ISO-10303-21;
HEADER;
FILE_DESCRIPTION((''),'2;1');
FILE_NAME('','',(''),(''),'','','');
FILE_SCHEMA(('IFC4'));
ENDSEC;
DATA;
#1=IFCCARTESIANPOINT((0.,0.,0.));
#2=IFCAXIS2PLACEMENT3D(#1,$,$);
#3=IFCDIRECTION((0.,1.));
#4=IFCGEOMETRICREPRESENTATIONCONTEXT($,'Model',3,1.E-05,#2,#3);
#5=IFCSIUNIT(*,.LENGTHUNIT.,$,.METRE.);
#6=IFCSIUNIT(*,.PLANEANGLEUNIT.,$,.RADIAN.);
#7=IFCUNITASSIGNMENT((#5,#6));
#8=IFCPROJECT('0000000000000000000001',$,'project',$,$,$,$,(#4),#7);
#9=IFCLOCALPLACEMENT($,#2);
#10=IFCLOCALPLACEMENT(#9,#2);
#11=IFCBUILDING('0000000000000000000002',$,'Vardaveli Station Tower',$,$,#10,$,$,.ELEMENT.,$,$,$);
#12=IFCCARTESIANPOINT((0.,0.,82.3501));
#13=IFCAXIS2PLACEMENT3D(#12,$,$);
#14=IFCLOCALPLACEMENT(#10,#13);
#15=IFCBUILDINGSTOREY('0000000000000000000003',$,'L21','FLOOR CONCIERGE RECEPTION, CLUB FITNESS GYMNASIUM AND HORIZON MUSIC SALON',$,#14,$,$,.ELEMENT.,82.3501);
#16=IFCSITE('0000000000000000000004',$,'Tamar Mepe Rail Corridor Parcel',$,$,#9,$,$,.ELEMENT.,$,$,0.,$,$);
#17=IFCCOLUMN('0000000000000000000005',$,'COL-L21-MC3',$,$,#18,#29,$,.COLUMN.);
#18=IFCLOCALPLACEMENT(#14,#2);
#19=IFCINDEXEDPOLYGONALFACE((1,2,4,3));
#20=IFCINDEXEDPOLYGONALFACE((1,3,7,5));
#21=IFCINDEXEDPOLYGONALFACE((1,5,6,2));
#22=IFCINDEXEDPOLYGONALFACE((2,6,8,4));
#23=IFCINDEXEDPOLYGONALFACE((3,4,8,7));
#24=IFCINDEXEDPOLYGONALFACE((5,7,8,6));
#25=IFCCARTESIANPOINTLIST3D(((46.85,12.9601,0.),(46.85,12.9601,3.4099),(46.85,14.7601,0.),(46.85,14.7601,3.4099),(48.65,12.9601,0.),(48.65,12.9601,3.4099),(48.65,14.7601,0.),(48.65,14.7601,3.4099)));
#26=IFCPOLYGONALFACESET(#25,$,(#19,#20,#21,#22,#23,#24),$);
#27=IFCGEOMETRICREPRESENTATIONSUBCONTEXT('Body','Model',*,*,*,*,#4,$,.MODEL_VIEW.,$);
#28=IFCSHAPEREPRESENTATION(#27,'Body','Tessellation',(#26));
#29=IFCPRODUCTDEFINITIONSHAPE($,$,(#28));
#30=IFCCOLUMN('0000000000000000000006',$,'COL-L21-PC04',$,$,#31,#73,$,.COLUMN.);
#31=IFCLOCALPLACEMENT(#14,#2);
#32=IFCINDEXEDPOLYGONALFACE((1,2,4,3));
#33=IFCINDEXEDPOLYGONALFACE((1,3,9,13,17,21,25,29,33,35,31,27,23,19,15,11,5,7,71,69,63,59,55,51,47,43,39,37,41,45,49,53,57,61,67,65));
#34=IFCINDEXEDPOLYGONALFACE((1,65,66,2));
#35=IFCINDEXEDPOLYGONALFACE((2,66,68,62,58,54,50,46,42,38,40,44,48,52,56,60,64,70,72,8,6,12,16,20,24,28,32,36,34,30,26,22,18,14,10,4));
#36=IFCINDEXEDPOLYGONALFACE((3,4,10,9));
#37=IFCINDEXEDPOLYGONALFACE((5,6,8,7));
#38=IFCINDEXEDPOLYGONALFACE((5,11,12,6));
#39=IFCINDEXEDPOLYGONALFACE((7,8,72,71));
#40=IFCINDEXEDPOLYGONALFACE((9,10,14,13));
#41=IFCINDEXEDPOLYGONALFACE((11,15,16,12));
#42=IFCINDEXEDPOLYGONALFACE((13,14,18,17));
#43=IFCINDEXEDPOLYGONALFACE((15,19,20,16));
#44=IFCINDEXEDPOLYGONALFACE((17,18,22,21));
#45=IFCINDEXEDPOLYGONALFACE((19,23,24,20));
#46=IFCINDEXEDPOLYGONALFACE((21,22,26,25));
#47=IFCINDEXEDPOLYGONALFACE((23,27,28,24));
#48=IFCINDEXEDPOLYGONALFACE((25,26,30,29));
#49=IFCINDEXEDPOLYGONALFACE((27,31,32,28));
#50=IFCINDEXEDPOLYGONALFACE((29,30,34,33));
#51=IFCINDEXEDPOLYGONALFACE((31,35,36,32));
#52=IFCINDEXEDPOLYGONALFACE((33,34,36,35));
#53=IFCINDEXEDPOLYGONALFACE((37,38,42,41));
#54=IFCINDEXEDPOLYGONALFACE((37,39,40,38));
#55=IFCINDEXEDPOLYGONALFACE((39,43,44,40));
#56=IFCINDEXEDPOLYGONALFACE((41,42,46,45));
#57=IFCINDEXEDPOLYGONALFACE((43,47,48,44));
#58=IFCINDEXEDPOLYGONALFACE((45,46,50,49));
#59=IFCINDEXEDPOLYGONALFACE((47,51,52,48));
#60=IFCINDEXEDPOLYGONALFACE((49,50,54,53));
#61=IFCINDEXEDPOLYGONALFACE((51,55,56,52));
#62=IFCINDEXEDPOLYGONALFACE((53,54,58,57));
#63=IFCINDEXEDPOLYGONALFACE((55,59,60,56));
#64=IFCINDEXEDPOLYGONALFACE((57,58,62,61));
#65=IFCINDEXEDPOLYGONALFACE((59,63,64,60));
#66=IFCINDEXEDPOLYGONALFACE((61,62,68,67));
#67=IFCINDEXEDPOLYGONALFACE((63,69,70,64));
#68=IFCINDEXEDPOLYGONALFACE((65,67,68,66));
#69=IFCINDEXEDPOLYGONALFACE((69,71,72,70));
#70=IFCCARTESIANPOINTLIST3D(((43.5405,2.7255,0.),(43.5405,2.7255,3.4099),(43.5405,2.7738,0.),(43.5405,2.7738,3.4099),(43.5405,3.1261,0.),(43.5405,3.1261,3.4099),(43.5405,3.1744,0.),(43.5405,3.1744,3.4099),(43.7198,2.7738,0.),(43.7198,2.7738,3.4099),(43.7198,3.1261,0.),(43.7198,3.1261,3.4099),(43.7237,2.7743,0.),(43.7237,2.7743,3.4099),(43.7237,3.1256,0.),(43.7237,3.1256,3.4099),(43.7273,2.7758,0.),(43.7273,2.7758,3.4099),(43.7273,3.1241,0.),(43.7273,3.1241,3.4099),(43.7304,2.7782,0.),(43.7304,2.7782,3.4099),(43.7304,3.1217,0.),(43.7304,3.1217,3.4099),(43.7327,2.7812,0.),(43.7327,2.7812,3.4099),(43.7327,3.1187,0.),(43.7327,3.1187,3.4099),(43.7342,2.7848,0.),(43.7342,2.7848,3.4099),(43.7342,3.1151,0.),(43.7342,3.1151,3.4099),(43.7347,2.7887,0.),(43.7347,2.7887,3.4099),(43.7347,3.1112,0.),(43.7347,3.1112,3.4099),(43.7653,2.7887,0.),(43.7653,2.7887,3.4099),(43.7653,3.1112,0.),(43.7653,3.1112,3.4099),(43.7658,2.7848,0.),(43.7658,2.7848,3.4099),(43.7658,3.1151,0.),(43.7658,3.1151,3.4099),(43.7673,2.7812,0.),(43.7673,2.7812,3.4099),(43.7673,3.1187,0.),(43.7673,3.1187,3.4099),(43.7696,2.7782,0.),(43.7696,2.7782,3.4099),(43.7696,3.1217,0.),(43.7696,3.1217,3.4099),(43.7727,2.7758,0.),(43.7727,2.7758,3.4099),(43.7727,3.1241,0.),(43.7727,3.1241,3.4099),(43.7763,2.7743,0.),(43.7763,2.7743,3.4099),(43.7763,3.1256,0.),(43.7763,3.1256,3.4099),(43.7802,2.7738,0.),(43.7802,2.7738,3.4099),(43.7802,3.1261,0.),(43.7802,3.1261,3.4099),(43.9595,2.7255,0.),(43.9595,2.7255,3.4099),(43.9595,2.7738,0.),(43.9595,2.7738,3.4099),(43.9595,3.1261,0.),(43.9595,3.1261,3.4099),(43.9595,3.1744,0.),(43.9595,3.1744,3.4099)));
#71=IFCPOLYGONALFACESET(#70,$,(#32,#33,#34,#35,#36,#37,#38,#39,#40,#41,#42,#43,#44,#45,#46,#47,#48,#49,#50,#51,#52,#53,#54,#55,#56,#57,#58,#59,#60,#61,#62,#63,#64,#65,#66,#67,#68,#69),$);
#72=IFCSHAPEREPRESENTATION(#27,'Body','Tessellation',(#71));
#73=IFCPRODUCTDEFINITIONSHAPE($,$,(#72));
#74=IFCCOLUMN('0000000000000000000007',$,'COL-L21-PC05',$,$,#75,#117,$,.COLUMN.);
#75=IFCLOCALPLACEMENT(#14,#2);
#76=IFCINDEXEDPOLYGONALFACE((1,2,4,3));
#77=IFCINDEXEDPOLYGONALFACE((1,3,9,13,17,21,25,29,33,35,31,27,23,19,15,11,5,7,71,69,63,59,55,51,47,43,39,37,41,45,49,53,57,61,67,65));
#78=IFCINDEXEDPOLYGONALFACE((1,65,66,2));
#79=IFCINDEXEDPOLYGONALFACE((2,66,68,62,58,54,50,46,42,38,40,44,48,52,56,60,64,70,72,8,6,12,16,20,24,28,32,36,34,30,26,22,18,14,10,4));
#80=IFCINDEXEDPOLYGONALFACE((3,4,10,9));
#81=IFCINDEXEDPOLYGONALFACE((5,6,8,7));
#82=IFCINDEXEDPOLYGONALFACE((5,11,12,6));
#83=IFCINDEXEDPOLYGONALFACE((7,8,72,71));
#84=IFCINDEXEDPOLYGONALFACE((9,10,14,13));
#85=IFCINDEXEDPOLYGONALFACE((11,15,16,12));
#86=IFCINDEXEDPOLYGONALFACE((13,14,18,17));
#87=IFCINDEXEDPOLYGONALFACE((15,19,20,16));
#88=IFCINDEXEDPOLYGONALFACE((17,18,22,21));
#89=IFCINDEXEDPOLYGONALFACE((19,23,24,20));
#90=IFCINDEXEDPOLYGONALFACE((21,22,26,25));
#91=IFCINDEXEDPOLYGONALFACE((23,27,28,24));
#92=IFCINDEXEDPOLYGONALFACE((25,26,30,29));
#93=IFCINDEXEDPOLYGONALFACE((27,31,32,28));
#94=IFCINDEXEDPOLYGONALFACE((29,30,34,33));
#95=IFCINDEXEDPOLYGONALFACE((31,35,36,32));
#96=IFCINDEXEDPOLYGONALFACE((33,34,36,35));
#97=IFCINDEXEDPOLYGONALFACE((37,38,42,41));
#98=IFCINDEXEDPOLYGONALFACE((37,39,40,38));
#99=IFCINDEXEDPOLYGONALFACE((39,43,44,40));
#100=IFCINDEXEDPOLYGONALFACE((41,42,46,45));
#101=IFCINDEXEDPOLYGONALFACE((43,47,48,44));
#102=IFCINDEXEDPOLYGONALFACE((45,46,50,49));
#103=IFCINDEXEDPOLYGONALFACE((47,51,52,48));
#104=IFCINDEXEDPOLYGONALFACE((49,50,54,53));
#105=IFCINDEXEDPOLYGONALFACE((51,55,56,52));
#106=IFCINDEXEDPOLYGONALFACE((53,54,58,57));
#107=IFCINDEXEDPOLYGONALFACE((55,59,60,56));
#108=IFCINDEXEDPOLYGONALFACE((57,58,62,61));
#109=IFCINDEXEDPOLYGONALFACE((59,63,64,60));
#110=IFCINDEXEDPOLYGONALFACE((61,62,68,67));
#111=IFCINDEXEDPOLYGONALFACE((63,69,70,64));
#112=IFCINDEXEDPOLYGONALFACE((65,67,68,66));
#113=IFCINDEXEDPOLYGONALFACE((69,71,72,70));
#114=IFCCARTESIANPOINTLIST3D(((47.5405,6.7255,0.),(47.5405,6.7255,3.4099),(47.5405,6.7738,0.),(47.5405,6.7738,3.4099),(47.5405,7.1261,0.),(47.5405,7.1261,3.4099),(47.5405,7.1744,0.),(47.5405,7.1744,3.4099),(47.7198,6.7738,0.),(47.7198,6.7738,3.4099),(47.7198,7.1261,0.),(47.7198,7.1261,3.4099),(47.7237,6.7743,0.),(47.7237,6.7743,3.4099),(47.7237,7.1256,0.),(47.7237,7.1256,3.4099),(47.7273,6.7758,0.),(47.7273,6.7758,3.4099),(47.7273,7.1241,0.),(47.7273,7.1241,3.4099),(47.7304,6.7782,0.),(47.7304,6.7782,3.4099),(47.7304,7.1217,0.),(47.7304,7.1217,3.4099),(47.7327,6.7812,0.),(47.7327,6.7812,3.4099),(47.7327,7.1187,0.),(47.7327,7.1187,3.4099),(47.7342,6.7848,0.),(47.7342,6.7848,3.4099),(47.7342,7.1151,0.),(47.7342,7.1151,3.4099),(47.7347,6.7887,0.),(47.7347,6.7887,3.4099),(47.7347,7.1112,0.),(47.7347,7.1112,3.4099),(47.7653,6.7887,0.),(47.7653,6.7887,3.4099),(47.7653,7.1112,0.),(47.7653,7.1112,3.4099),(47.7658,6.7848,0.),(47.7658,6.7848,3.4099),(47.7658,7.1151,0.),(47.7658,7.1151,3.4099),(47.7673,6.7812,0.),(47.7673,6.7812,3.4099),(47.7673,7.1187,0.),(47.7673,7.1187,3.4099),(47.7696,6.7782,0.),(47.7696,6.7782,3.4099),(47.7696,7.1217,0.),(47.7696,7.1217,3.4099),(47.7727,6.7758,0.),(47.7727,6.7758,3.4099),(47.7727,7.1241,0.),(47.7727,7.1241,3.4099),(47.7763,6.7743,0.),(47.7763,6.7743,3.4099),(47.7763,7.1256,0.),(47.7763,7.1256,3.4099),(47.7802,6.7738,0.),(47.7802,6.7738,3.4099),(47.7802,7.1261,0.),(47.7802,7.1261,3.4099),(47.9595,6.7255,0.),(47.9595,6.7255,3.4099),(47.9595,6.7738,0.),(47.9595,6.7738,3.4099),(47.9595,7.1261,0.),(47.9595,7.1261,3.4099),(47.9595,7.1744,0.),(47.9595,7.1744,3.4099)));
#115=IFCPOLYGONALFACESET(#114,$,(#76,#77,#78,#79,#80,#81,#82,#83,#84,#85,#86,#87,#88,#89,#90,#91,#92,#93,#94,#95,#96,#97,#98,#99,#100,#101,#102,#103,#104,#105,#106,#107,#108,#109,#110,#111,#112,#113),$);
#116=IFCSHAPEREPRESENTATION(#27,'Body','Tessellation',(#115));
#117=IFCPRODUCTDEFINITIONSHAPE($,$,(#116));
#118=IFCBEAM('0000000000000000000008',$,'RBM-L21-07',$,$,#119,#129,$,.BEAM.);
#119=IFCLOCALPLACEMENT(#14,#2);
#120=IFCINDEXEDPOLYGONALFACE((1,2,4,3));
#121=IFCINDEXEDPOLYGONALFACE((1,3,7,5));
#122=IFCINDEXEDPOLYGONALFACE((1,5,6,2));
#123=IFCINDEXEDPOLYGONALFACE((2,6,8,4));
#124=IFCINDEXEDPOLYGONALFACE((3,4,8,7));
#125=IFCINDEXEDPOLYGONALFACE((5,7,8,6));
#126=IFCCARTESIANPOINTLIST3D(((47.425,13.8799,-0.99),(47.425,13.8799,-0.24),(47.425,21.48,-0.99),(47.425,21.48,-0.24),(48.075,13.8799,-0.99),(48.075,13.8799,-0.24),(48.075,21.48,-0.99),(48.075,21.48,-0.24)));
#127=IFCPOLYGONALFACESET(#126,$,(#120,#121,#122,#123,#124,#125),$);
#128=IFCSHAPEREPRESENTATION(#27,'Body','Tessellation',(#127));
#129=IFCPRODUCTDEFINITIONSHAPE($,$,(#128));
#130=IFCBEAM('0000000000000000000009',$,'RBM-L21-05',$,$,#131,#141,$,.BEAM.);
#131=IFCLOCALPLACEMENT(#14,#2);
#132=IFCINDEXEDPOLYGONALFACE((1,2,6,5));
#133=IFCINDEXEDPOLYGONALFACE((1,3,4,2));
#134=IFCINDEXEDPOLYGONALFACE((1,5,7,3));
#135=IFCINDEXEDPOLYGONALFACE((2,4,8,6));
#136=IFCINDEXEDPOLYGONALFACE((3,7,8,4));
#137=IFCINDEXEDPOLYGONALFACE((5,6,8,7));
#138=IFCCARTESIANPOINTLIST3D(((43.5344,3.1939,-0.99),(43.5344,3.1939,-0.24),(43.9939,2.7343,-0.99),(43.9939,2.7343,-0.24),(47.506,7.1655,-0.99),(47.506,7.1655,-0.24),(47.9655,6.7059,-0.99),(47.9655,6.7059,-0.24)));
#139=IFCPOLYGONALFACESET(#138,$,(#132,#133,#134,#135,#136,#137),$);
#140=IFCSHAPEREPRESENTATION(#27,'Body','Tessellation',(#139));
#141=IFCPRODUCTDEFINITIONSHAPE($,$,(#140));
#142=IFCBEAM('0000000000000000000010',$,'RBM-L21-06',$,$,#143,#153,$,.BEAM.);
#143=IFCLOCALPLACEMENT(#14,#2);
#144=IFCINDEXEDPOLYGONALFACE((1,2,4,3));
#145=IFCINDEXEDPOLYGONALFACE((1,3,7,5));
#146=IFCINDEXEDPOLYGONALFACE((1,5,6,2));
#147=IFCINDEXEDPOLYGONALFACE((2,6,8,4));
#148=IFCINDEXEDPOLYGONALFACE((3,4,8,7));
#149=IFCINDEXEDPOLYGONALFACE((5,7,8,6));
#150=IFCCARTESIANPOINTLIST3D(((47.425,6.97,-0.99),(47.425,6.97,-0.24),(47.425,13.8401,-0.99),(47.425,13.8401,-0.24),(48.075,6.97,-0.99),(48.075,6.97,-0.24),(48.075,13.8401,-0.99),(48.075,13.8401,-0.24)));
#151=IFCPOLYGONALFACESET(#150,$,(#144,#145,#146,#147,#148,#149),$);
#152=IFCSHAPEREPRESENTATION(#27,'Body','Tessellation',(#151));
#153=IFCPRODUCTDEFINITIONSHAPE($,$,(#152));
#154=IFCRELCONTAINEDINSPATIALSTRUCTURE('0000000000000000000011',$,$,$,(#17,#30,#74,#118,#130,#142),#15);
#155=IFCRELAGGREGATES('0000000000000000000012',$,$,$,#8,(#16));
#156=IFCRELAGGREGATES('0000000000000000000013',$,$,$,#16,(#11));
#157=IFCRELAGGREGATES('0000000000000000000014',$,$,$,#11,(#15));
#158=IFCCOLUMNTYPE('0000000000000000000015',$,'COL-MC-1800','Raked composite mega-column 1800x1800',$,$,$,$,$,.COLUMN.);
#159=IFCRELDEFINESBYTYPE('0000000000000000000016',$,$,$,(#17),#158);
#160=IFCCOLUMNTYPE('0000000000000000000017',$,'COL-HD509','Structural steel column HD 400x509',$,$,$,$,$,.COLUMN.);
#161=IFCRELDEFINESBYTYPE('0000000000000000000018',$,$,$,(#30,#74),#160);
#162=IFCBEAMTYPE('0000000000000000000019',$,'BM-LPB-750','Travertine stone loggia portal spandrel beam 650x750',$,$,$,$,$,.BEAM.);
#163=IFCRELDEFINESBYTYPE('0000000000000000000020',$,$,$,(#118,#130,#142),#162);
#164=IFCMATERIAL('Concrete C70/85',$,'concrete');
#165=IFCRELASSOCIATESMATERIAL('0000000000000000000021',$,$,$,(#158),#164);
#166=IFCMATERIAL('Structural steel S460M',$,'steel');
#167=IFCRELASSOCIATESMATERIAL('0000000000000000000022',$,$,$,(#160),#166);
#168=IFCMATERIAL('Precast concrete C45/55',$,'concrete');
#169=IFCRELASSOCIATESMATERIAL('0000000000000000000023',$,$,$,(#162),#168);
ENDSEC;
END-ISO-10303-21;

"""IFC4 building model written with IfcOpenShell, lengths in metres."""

from ifc_helpers import new_model, si_unit, direction, frame, origin, origin_2d, place, context, subcontext, project, spatial, rectangle, i_section, extrude, source, transform, mapped, material, material_profile, profile_set, type_object, element, save


model = new_model("IFC4")

# Units and contexts
model_context = context("Model", 3, precision=1e-05, world=origin(), true_north=direction((0.0, 1.0)))
body_context = subcontext(model_context, "Body", "Model", "MODEL_VIEW")
ifc_project = project(units=[si_unit("LENGTHUNIT", "METRE"), si_unit("PLANEANGLEUNIT", "RADIAN")], contexts=[model_context])

# Site, building, storey
site_placement = place(None, origin())
site = spatial("IfcSite", under=ifc_project, at=site_placement, Name="Tamar Mepe Rail Corridor Parcel", CompositionType="ELEMENT", RefElevation=0.0)
building_placement = place(site_placement, origin())
building = spatial("IfcBuilding", under=site, at=building_placement, Name="Vardaveli Station Tower", CompositionType="ELEMENT")
storey_placement = place(building_placement, frame((0.0, 0.0, 82.3501)))
storey = spatial("IfcBuildingStorey", under=building, at=storey_placement, Name="L21", Description="FLOOR CONCIERGE RECEPTION, CLUB FITNESS GYMNASIUM AND HORIZON MUSIC SALON", CompositionType="ELEMENT", Elevation=82.3501)

# Columns
ifc_material_1 = material(Name="Concrete C70/85", Category="concrete")
ifc_material_profile_1 = material_profile(ifc_material_1, rectangle(XDim=1.8, YDim=1.8, at=origin_2d()), Name="MC 1800x1800")
ifc_profile_set_1 = profile_set([ifc_material_profile_1], Name="Concrete C70/85")
column_type_1 = type_object("IfcColumnType", Name="COL-MC-1800", Description="Raked composite mega-column 1800x1800", PredefinedType="COLUMN", material=ifc_profile_set_1)
shared_shape_1 = source(origin(), body_context, "Body", "SweptSolid", [
    extrude(rectangle(XDim=1.8, YDim=1.8, at=origin_2d()), origin(), (0.0, 0.0, 1.0), 3.4099),
])
column_placement = place(storey_placement, frame((47.75, 13.8601, 0.0), z_axis=(0.0, 0.0, 1.0), x_axis=(1.0, 0.0, 0.0)))
element("IfcColumn", 1, at=column_placement, inside=storey, type_object=column_type_1, Name="COL-L21-MC3", PredefinedType="COLUMN", context=body_context, shape_type="MappedRepresentation", body=[
    mapped(shared_shape_1, transform((0.0, 0.0, 0.0), scale=1.0)),
])
ifc_material_2 = material(Name="Structural steel S460M", Category="steel")
ifc_material_profile_2 = material_profile(ifc_material_2, i_section(OverallWidth=0.4189, OverallDepth=0.449, WebThickness=0.0305, FlangeThickness=0.0483, FilletRadius=0.0149, at=origin_2d()), Name="HD 400x509")
ifc_profile_set_2 = profile_set([ifc_material_profile_2], Name="Structural steel S460M")
column_type_2 = type_object("IfcColumnType", Name="COL-HD509", Description="Structural steel column HD 400x509", PredefinedType="COLUMN", material=ifc_profile_set_2)
shared_shape_2 = source(origin(), body_context, "Body", "SweptSolid", [
    extrude(i_section(OverallWidth=0.4189, OverallDepth=0.449, WebThickness=0.0305, FlangeThickness=0.0483, FilletRadius=0.0149, at=origin_2d()), origin(), (0.0, 0.0, 1.0), 3.4099),
])
for number, where, z_axis, x_axis, name in (
    (2, (43.75, 2.95, 0.0), (0.0, 0.0, 1.0), (1.0, 0.0, 0.0), "COL-L21-PC04"),
    (3, (47.75, 6.95, 0.0), (0.0, 0.0, 1.0), (1.0, 0.0, 0.0), "COL-L21-PC05"),
):
    element("IfcColumn", number, at=place(storey_placement, frame(where, z_axis=z_axis, x_axis=x_axis)), inside=storey, type_object=column_type_2, Name=name, PredefinedType="COLUMN", context=body_context, shape_type="MappedRepresentation", body=[
        mapped(shared_shape_2, transform((0.0, 0.0, 0.0), scale=1.0)),
    ])

# Beams
ifc_material_3 = material(Name="Precast concrete C45/55", Category="concrete")
ifc_material_profile_3 = material_profile(ifc_material_3, rectangle(XDim=0.6499, YDim=0.75, at=origin_2d()), Name="LPB 650x750")
ifc_profile_set_3 = profile_set([ifc_material_profile_3], Name="Precast concrete C45/55")
beam_type_1 = type_object("IfcBeamType", Name="BM-LPB-750", Description="Travertine stone loggia portal spandrel beam 650x750", PredefinedType="BEAM", material=ifc_profile_set_3)
shared_shape_3 = source(origin(), body_context, "Body", "SweptSolid", [
    extrude(rectangle(XDim=0.6499, YDim=0.75, at=origin_2d()), origin(), (0.0, 0.0, 1.0), 7.6001),
])
beam_1_placement = place(storey_placement, frame((47.75, 13.8799, -0.615), z_axis=(0.0, 1.0, 0.0), x_axis=(-1.0, 0.0, 0.0)))
element("IfcBeam", 4, at=beam_1_placement, inside=storey, type_object=beam_type_1, Name="RBM-L21-07", PredefinedType="BEAM", context=body_context, shape_type="MappedRepresentation", body=[
    mapped(shared_shape_3, transform((0.0, 0.0, 0.0), scale=1.0)),
])
shared_shape_4 = source(origin(), body_context, "Body", "SweptSolid", [
    extrude(rectangle(XDim=0.6499, YDim=0.75, at=origin_2d()), origin(), (0.0, 0.0, 1.0), 5.6167),
])
beam_2_placement = place(storey_placement, frame((43.7642, 2.9641, -0.615), z_axis=(0.707107, 0.707107, 0.0), x_axis=(-0.707107, 0.707107, 0.0)))
element("IfcBeam", 5, at=beam_2_placement, inside=storey, type_object=beam_type_1, Name="RBM-L21-05", PredefinedType="BEAM", context=body_context, shape_type="MappedRepresentation", body=[
    mapped(shared_shape_4, transform((0.0, 0.0, 0.0), scale=1.0)),
])
shared_shape_5 = source(origin(), body_context, "Body", "SweptSolid", [
    extrude(rectangle(XDim=0.6499, YDim=0.75, at=origin_2d()), origin(), (0.0, 0.0, 1.0), 6.8701),
])
beam_3_placement = place(storey_placement, frame((47.75, 6.97, -0.615), z_axis=(0.0, 1.0, 0.0), x_axis=(-1.0, 0.0, 0.0)))
element("IfcBeam", 6, at=beam_3_placement, inside=storey, type_object=beam_type_1, Name="RBM-L21-06", PredefinedType="BEAM", context=body_context, shape_type="MappedRepresentation", body=[
    mapped(shared_shape_5, transform((0.0, 0.0, 0.0), scale=1.0)),
])

save(model, "model.ifc")
